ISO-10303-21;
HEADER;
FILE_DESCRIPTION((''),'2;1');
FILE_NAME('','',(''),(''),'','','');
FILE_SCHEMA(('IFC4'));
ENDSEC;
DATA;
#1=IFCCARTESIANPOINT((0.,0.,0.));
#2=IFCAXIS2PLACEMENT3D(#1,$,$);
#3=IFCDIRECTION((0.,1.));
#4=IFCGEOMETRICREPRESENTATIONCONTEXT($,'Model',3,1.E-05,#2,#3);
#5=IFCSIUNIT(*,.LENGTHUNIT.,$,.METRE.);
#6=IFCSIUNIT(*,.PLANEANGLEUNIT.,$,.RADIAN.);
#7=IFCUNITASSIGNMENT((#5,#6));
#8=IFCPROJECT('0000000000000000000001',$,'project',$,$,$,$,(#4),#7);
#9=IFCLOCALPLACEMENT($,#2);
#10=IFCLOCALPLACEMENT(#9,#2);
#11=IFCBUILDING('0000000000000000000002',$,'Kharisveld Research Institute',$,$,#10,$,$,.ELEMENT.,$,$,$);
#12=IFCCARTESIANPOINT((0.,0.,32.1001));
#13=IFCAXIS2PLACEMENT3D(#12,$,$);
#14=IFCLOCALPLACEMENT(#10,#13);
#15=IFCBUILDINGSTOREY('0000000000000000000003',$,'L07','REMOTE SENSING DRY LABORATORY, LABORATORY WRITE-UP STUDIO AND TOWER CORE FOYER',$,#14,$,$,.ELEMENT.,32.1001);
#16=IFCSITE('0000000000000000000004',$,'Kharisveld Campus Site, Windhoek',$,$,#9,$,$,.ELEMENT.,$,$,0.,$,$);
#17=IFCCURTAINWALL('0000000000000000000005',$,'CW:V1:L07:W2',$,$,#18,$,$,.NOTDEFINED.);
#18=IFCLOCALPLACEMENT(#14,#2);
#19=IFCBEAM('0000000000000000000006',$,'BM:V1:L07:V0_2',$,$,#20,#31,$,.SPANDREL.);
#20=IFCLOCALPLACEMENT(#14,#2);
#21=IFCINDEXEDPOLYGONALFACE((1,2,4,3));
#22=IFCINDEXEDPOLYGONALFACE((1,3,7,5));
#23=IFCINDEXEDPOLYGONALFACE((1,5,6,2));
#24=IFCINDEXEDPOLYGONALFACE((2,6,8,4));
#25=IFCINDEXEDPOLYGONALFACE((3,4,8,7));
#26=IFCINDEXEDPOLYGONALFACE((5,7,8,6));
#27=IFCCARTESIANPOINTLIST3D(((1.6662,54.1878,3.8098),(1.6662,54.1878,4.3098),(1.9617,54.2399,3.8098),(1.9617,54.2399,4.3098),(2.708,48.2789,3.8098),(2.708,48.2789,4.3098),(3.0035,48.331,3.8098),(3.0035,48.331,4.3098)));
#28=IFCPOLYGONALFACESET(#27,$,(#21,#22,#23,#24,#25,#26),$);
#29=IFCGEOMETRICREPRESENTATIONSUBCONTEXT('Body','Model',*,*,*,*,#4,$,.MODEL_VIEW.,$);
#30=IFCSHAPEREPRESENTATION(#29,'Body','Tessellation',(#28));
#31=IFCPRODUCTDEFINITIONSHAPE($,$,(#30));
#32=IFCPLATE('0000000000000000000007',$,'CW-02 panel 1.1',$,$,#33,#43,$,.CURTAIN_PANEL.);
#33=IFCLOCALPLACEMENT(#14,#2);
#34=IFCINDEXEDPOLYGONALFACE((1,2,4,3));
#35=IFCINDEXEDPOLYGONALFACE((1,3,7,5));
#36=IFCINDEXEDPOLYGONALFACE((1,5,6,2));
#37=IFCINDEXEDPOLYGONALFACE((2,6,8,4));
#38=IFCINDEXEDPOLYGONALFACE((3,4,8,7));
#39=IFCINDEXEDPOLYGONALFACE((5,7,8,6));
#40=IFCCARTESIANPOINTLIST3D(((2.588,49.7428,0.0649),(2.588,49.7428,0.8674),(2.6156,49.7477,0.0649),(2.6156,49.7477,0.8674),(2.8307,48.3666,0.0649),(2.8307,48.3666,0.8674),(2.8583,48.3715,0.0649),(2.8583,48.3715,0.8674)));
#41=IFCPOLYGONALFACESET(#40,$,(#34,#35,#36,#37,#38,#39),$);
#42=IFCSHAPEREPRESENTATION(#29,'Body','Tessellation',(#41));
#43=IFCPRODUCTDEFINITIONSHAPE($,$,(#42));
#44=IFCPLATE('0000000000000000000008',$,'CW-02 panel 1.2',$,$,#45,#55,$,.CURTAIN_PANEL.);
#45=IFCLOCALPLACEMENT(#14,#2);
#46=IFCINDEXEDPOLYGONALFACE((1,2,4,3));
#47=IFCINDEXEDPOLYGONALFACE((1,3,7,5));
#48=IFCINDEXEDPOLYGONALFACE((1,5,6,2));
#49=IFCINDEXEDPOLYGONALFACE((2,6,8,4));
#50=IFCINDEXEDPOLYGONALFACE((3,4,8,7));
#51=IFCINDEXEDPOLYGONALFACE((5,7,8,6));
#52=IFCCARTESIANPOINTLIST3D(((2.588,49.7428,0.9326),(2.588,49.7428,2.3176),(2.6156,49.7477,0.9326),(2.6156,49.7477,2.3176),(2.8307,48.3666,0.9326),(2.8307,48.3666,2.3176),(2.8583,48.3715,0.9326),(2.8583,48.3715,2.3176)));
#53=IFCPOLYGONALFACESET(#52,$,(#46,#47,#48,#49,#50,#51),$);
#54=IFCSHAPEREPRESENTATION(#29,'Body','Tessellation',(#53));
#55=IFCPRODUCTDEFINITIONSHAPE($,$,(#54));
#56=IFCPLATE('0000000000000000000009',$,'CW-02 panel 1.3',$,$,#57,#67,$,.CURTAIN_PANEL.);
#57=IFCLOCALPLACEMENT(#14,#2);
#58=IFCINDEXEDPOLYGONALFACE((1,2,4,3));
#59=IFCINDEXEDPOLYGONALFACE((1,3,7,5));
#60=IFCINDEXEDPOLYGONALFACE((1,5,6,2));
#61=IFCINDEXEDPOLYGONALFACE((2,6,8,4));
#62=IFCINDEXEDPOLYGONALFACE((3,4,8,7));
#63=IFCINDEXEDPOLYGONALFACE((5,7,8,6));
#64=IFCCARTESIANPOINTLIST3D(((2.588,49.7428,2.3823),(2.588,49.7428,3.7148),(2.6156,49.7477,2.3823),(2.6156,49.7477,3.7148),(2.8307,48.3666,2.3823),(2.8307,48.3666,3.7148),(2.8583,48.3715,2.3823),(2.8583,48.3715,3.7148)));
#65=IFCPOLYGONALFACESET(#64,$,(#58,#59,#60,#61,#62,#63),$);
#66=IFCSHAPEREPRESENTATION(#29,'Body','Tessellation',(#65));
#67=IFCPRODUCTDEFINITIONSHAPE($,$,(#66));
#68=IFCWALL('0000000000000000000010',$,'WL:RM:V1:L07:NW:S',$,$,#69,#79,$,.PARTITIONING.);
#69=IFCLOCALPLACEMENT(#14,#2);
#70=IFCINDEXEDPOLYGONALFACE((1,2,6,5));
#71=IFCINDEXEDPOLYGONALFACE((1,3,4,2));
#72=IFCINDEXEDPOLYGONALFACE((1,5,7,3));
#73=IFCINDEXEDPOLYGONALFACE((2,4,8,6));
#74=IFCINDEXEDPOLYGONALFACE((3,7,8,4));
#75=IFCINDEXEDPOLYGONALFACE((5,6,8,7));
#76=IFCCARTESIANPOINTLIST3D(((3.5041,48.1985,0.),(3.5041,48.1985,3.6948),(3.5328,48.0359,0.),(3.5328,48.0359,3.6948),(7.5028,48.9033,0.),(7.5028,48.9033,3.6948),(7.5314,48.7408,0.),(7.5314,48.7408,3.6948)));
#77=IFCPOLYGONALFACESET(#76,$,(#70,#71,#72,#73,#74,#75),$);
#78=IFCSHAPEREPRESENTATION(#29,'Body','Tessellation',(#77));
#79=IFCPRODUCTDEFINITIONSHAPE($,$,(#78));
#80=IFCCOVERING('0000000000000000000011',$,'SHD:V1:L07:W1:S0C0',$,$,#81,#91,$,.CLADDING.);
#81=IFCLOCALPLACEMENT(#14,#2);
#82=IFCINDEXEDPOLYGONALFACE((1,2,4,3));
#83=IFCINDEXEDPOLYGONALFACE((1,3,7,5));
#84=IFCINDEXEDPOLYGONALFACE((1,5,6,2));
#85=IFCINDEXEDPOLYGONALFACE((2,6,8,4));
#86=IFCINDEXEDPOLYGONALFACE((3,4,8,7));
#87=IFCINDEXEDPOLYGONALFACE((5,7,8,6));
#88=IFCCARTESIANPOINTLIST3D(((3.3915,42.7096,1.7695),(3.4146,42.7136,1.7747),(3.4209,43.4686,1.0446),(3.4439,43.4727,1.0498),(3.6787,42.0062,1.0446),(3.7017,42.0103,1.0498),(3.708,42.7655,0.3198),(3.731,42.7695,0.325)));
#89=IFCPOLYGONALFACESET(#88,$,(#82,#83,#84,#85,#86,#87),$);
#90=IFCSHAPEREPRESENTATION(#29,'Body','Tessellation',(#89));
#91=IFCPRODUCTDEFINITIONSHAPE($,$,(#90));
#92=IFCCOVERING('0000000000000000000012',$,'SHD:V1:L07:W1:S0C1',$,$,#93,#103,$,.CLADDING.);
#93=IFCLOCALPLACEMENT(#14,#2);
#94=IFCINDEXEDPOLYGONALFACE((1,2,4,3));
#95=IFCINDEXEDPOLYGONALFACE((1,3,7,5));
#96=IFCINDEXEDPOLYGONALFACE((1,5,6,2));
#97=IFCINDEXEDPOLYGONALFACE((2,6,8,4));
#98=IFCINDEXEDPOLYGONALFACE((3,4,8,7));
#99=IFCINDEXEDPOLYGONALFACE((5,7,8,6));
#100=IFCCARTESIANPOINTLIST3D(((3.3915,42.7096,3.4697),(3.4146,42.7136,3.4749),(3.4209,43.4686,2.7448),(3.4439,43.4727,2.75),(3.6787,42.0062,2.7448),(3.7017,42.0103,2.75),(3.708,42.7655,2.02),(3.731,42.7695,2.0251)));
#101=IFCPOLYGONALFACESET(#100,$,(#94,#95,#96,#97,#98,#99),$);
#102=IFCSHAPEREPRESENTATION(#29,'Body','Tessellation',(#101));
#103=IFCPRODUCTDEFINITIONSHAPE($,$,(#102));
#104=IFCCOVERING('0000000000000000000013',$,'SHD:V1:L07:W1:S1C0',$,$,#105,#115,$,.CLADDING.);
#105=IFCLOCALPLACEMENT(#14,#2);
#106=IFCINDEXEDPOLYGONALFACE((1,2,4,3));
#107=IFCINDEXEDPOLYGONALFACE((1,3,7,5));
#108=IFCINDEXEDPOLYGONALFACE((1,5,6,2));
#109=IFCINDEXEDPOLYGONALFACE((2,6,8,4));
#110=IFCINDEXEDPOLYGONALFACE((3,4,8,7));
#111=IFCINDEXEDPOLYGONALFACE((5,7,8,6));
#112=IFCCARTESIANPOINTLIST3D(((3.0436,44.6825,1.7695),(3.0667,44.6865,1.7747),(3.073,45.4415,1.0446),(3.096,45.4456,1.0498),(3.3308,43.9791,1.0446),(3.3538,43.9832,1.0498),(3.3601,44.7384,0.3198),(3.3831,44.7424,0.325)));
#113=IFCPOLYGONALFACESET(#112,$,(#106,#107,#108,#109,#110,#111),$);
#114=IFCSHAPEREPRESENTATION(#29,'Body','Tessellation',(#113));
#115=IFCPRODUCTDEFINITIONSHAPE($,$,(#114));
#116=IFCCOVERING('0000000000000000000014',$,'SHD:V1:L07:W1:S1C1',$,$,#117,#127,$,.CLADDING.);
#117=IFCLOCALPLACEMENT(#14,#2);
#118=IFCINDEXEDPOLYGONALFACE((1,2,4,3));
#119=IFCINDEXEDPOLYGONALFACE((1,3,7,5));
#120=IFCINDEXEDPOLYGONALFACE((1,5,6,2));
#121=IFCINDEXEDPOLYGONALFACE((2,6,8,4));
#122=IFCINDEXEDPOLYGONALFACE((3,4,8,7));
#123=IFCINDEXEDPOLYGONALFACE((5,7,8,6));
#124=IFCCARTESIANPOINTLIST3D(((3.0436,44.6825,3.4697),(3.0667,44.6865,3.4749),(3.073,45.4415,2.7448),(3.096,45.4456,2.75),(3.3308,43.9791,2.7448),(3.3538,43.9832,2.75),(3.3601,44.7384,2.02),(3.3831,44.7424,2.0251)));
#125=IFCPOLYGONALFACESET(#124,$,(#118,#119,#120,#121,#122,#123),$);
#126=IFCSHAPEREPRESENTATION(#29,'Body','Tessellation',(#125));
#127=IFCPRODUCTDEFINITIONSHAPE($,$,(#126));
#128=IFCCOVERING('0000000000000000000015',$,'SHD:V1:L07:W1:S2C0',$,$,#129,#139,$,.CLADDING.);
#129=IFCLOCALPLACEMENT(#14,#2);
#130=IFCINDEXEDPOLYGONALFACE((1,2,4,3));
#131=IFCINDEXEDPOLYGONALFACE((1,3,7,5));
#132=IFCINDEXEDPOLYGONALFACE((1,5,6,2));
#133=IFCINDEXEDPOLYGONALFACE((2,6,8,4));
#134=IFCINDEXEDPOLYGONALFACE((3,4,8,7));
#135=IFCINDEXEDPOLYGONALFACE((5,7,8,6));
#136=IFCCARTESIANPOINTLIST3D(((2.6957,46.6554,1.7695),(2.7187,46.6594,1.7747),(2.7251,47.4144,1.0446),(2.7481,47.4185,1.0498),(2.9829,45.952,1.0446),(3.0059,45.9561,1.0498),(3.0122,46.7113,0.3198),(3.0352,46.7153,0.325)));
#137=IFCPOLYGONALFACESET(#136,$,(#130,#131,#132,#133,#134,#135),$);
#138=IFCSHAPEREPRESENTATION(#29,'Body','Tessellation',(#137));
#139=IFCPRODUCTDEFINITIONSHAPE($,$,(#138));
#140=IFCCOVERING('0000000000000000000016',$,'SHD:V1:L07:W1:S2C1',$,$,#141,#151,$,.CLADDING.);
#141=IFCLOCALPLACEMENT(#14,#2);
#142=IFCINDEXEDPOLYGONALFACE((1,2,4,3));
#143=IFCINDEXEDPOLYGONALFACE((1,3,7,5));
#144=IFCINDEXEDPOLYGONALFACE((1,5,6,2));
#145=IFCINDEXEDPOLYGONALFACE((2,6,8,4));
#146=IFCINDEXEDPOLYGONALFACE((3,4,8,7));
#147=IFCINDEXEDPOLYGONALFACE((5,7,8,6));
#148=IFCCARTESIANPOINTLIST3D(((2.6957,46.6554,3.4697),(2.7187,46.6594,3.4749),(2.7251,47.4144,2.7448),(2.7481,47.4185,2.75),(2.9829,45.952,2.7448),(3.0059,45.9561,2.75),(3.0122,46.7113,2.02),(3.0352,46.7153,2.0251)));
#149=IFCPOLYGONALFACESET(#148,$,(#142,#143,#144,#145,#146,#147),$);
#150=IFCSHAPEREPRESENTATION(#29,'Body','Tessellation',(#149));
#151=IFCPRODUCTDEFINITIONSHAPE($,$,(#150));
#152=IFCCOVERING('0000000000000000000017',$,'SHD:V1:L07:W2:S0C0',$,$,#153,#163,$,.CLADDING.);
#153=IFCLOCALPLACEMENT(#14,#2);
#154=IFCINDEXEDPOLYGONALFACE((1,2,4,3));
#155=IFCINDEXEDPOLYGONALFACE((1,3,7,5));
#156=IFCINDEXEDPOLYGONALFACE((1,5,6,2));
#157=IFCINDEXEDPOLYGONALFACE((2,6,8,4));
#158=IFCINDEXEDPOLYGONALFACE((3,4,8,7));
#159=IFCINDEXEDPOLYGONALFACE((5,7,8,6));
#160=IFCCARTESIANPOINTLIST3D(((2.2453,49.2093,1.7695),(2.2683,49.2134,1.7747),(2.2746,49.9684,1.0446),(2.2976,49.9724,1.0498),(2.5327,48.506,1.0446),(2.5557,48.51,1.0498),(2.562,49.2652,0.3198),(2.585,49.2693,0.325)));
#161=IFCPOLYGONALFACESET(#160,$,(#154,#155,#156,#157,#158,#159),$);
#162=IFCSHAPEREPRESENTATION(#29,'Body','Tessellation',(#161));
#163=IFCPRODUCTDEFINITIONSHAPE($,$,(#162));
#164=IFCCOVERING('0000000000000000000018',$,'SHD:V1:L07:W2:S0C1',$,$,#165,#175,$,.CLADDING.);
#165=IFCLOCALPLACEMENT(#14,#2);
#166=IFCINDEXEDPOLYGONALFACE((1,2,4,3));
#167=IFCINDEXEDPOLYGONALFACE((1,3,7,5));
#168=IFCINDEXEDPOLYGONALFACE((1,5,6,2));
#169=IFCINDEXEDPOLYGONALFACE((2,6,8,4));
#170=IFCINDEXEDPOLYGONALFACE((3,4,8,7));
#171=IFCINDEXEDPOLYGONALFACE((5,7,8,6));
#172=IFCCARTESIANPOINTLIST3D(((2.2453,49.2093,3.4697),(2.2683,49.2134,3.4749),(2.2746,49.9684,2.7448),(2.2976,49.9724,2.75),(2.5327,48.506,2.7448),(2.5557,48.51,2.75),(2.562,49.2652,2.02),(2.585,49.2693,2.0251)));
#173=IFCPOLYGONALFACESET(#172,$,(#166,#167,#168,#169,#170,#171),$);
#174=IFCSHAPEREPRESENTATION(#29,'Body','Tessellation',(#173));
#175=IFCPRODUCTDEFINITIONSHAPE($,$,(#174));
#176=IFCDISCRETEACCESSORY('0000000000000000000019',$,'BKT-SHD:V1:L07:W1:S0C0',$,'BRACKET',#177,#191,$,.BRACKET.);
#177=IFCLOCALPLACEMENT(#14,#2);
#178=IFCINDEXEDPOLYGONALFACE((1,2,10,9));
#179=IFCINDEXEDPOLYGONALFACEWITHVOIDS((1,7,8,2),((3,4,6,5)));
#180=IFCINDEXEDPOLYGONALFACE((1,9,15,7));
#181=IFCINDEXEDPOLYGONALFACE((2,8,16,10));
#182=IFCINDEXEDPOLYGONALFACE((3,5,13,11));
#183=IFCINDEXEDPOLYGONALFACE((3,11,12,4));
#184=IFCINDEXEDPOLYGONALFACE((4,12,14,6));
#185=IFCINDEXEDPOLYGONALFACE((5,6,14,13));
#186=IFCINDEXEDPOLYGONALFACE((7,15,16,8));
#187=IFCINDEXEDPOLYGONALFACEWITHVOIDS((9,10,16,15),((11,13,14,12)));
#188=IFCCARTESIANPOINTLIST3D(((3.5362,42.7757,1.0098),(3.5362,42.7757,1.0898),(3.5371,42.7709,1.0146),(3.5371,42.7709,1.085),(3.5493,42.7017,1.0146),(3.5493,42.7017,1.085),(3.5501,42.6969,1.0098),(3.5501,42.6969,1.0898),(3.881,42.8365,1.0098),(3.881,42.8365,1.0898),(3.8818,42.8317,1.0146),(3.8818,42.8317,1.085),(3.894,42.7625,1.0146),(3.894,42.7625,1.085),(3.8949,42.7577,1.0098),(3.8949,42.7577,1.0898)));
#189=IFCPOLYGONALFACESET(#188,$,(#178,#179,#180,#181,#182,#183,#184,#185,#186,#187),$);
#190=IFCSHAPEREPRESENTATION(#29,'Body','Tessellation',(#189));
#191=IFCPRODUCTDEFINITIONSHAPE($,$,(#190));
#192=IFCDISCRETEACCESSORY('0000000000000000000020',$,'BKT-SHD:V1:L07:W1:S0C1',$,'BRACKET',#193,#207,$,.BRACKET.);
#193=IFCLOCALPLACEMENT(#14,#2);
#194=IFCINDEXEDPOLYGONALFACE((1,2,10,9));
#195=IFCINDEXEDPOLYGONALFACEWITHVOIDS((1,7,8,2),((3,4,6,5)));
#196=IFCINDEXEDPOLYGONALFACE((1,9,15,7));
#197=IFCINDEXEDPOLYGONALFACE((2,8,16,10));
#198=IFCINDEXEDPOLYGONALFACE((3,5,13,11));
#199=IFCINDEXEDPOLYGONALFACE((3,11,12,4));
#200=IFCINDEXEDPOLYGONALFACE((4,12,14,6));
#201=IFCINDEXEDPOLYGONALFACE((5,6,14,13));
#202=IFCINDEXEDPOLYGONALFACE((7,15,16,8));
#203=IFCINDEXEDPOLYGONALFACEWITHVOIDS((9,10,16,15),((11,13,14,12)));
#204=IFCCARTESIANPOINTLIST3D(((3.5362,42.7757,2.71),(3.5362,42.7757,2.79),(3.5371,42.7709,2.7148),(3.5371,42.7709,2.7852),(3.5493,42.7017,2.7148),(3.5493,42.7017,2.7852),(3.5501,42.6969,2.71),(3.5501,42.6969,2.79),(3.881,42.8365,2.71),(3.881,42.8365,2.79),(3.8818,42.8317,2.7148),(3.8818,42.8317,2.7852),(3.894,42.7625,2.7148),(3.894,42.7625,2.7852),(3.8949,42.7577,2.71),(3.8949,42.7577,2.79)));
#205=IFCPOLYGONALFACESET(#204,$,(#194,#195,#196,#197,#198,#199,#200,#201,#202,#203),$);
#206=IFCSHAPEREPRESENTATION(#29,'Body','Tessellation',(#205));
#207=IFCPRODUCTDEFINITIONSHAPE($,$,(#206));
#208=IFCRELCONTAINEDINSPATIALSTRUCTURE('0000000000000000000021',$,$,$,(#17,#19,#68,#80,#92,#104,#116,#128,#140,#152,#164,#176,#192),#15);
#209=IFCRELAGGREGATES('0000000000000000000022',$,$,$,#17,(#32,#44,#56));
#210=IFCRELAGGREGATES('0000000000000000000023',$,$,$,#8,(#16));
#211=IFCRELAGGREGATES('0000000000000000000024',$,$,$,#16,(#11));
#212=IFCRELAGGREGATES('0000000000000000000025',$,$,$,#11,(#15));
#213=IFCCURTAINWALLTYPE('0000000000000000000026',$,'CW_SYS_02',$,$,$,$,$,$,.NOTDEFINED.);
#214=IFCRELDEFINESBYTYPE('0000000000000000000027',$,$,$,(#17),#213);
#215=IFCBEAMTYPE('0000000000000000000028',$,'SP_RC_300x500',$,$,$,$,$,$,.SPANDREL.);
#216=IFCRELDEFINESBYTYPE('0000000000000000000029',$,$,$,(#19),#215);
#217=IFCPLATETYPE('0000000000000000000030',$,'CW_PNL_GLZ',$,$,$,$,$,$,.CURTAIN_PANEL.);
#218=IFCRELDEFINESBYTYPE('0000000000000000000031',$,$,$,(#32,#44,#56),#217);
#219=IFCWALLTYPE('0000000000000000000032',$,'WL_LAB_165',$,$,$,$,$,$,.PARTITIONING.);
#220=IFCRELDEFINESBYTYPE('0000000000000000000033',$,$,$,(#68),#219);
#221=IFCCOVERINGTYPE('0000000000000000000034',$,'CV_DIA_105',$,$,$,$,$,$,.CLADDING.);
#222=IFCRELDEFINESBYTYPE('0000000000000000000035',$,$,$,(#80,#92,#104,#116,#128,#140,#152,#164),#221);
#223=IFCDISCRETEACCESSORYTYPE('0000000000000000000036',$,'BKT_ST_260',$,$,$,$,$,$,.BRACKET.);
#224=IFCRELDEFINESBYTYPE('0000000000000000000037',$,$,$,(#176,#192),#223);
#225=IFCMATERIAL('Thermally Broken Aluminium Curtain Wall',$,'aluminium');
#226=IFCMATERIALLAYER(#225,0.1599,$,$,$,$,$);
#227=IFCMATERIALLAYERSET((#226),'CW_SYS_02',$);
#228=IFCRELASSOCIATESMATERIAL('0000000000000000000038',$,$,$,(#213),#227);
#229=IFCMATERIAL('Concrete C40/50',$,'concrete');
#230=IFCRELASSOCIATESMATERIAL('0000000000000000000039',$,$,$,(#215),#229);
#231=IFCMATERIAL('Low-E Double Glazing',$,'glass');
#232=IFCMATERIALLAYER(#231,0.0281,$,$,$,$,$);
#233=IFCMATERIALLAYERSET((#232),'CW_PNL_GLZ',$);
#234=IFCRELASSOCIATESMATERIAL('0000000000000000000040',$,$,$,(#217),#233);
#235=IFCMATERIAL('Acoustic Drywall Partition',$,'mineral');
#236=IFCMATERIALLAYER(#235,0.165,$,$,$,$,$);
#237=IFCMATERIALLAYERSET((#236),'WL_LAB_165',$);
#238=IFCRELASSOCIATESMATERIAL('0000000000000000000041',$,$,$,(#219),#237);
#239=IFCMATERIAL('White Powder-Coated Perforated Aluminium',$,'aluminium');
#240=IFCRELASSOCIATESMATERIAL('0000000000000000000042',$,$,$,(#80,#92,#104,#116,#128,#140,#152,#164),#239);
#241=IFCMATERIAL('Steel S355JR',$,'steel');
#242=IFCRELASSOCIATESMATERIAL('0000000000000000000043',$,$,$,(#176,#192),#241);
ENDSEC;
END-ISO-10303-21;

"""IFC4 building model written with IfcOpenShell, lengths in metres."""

from ifc_helpers import new_model, si_unit, direction, frame, frame_2d, origin, origin_2d, place, context, subcontext, project, spatial, polyline, rectangle, hollow_rectangle, outline, extrude, material, layer, layer_set, material_profile, profile_set, type_object, element, aggregate, save


model = new_model("IFC4")

# Units and contexts
model_context = context("Model", 3, precision=1e-05, world=origin(), true_north=direction((0.0, 1.0)))
body_context = subcontext(model_context, "Body", "Model", "MODEL_VIEW")
ifc_project = project(units=[si_unit("LENGTHUNIT", "METRE"), si_unit("PLANEANGLEUNIT", "RADIAN")], contexts=[model_context])

# Site, building, storey
site_placement = place(None, origin())
site = spatial("IfcSite", under=ifc_project, at=site_placement, Name="Kharisveld Campus Site, Windhoek", CompositionType="ELEMENT", RefElevation=0.0)
building_placement = place(site_placement, origin())
building = spatial("IfcBuilding", under=site, at=building_placement, Name="Kharisveld Research Institute", CompositionType="ELEMENT")
storey_placement = place(building_placement, frame((0.0, 0.0, 32.1001)))
storey = spatial("IfcBuildingStorey", under=building, at=storey_placement, Name="L07", Description="REMOTE SENSING DRY LABORATORY, LABORATORY WRITE-UP STUDIO AND TOWER CORE FOYER", CompositionType="ELEMENT", Elevation=32.1001)

# Curtain wall
ifc_material_1 = material(Name="Thermally Broken Aluminium Curtain Wall", Category="aluminium")
ifc_layer_1 = layer(ifc_material_1, 0.1599)
ifc_layer_set_1 = layer_set([ifc_layer_1], Name="CW_SYS_02")
curtain_wall_type = type_object("IfcCurtainWallType", Name="CW_SYS_02", PredefinedType="NOTDEFINED", material=ifc_layer_set_1)
curtain_wall_placement = place(storey_placement, origin())
curtain_wall = element("IfcCurtainWall", 1, at=curtain_wall_placement, inside=storey, type_object=curtain_wall_type, Name="CW:V1:L07:W2", PredefinedType="NOTDEFINED")

# Beam
ifc_material_2 = material(Name="Concrete C40/50", Category="concrete")
ifc_material_profile_1 = material_profile(ifc_material_2, rectangle(XDim=0.3, YDim=0.5, at=origin_2d()))
ifc_profile_set_1 = profile_set([ifc_material_profile_1], Name="Concrete C40/50")
beam_type_1 = type_object("IfcBeamType", Name="SP_RC_300x500", PredefinedType="SPANDREL", material=ifc_profile_set_1)
for number, where, z_axis, x_axis, name in (
    (2, (2.8557, 48.3049, 4.0598), (-0.173623, 0.984812, 0.0), (-0.984812, -0.173623, 0.0), "BM:V1:L07:V0_2"),
):
    element("IfcBeam", number, at=place(storey_placement, frame(where, z_axis=z_axis, x_axis=x_axis)), inside=storey, type_object=beam_type_1, Name=name, PredefinedType="SPANDREL", context=body_context, shape_type="SweptSolid", body=[
        extrude(rectangle(XDim=0.3, YDim=0.5, at=origin_2d()), origin(), (0.0, 0.0, 1.0), 6.0),
    ])

# Plates
ifc_material_3 = material(Name="Low-E Double Glazing", Category="glass")
ifc_layer_2 = layer(ifc_material_3, 0.0281)
ifc_layer_set_2 = layer_set([ifc_layer_2], Name="CW_PNL_GLZ")
plate_type = type_object("IfcPlateType", Name="CW_PNL_GLZ", PredefinedType="CURTAIN_PANEL", material=ifc_layer_set_2)
plate_1_placement = place(storey_placement, frame((2.7231, 49.0571, 0.0649), z_axis=(0.0, 0.0, 1.0), x_axis=(-0.173648, 0.984808, 0.0)))
plate_1 = element("IfcPlate", 3, at=plate_1_placement, type_object=plate_type, Name="CW-02 panel 1.1", PredefinedType="CURTAIN_PANEL", context=body_context, shape_type="SweptSolid", body=[
    extrude(rectangle(XDim=1.3975, YDim=0.0281, at=origin_2d()), origin(), (0.0, 0.0, 1.0), 0.8025),
])
plate_2_placement = place(storey_placement, frame((2.7231, 49.0571, 0.9326), z_axis=(0.0, 0.0, 1.0), x_axis=(-0.173648, 0.984808, 0.0)))
plate_2 = element("IfcPlate", 4, at=plate_2_placement, type_object=plate_type, Name="CW-02 panel 1.2", PredefinedType="CURTAIN_PANEL", context=body_context, shape_type="SweptSolid", body=[
    extrude(rectangle(XDim=1.3975, YDim=0.0281, at=origin_2d()), origin(), (0.0, 0.0, 1.0), 1.385),
])
plate_3_placement = place(storey_placement, frame((2.7231, 49.0571, 2.3823), z_axis=(0.0, 0.0, 1.0), x_axis=(-0.173648, 0.984808, 0.0)))
plate_3 = element("IfcPlate", 5, at=plate_3_placement, type_object=plate_type, Name="CW-02 panel 1.3", PredefinedType="CURTAIN_PANEL", context=body_context, shape_type="SweptSolid", body=[
    extrude(rectangle(XDim=1.3975, YDim=0.0281, at=origin_2d()), origin(), (0.0, 0.0, 1.0), 1.3325),
])
aggregate(curtain_wall, [plate_1, plate_2, plate_3])

# Wall
ifc_material_4 = material(Name="Acoustic Drywall Partition", Category="mineral")
ifc_layer_3 = layer(ifc_material_4, 0.165)
ifc_layer_set_3 = layer_set([ifc_layer_3], Name="WL_LAB_165")
wall_type = type_object("IfcWallType", Name="WL_LAB_165", PredefinedType="PARTITIONING", material=ifc_layer_set_3)
wall_placement = place(storey_placement, frame((3.5183, 48.1172, 0.0), z_axis=(0.0, 0.0, 1.0), x_axis=(0.984817, 0.173597, 0.0)))
element("IfcWall", 6, at=wall_placement, inside=storey, type_object=wall_type, Name="WL:RM:V1:L07:NW:S", PredefinedType="PARTITIONING", context=body_context, shape_type="SweptSolid", body=[
    extrude(rectangle(XDim=4.0603, YDim=0.165, at=frame_2d((2.0303, 0.0))), origin(), (0.0, 0.0, 1.0), 3.6948),
])

# Coverings
ifc_material_5 = material(Name="White Powder-Coated Perforated Aluminium", Category="aluminium")
covering_type = type_object("IfcCoveringType", Name="CV_DIA_105", PredefinedType="CLADDING")
for number, where, z_axis, x_axis, name in (
    (7, (3.731, 42.7695, 0.325), (0.961481, 0.169503, 0.216385), (-0.273452, 0.669728, 0.690426), "SHD:V1:L07:W1:S0C0"),
    (8, (3.731, 42.7695, 2.0251), (0.961481, 0.169503, 0.216385), (-0.273452, 0.669728, 0.690426), "SHD:V1:L07:W1:S0C1"),
    (9, (3.3831, 44.7424, 0.325), (0.961481, 0.169503, 0.216385), (-0.273452, 0.669728, 0.690426), "SHD:V1:L07:W1:S1C0"),
    (10, (3.3831, 44.7424, 2.0251), (0.961481, 0.169503, 0.216385), (-0.273452, 0.669728, 0.690426), "SHD:V1:L07:W1:S1C1"),
    (11, (3.0352, 46.7153, 0.325), (0.961481, 0.169503, 0.216385), (-0.273452, 0.669728, 0.690426), "SHD:V1:L07:W1:S2C0"),
    (12, (3.0352, 46.7153, 2.0251), (0.961481, 0.169503, 0.216385), (-0.273452, 0.669728, 0.690426), "SHD:V1:L07:W1:S2C1"),
):
    element("IfcCovering", number, at=place(storey_placement, frame(where, z_axis=z_axis, x_axis=x_axis)), inside=storey, type_object=covering_type, material=ifc_material_5, Name=name, PredefinedType="CLADDING", context=body_context, shape_type="SweptSolid", body=[
        extrude(outline(polyline([(0.0, 0.0), (1.0499, 0.0), (1.05, 1.05), (0.0, 1.0501), (0.0, 0.0)])), origin(), (0.0, 0.0, -1.0), 0.0239),
    ])
for number, where, z_axis, x_axis, name in (
    (13, (2.585, 49.2693, 0.325), (0.96142, 0.169653, 0.21654), (-0.273667, 0.669686, 0.690382), "SHD:V1:L07:W2:S0C0"),
    (14, (2.585, 49.2693, 2.0251), (0.96142, 0.169653, 0.21654), (-0.273667, 0.669686, 0.690382), "SHD:V1:L07:W2:S0C1"),
):
    element("IfcCovering", number, at=place(storey_placement, frame(where, z_axis=z_axis, x_axis=x_axis)), inside=storey, type_object=covering_type, material=ifc_material_5, Name=name, PredefinedType="CLADDING", context=body_context, shape_type="SweptSolid", body=[
        extrude(outline(polyline([(0.0, 0.0), (1.0499, 0.0), (1.0501, 1.05), (0.0, 1.0501), (0.0, 0.0)])), origin(), (0.0, 0.0, -1.0), 0.0239),
    ])

# Discrete accessories
ifc_material_6 = material(Name="Steel S355JR", Category="steel")
discrete_accessory_type = type_object("IfcDiscreteAccessoryType", Name="BKT_ST_260", PredefinedType="BRACKET")
for number, where, z_axis, x_axis, name in (
    (15, (3.8879, 42.7971, 1.0498), (-0.984805, -0.173666, 0.0), (0.173666, -0.984805, 0.0), "BKT-SHD:V1:L07:W1:S0C0"),
    (16, (3.8879, 42.7971, 2.75), (-0.984805, -0.173666, 0.0), (0.173666, -0.984805, 0.0), "BKT-SHD:V1:L07:W1:S0C1"),
):
    element("IfcDiscreteAccessory", number, at=place(storey_placement, frame(where, z_axis=z_axis, x_axis=x_axis)), inside=storey, type_object=discrete_accessory_type, material=ifc_material_6, Name=name, ObjectType="BRACKET", PredefinedType="BRACKET", context=body_context, shape_type="SweptSolid", body=[
        extrude(hollow_rectangle(XDim=0.0801, YDim=0.0801, WallThickness=0.0049, at=origin_2d()), origin(), (0.0, 0.0, 1.0), 0.3501),
    ])

save(model, "model.ifc")
